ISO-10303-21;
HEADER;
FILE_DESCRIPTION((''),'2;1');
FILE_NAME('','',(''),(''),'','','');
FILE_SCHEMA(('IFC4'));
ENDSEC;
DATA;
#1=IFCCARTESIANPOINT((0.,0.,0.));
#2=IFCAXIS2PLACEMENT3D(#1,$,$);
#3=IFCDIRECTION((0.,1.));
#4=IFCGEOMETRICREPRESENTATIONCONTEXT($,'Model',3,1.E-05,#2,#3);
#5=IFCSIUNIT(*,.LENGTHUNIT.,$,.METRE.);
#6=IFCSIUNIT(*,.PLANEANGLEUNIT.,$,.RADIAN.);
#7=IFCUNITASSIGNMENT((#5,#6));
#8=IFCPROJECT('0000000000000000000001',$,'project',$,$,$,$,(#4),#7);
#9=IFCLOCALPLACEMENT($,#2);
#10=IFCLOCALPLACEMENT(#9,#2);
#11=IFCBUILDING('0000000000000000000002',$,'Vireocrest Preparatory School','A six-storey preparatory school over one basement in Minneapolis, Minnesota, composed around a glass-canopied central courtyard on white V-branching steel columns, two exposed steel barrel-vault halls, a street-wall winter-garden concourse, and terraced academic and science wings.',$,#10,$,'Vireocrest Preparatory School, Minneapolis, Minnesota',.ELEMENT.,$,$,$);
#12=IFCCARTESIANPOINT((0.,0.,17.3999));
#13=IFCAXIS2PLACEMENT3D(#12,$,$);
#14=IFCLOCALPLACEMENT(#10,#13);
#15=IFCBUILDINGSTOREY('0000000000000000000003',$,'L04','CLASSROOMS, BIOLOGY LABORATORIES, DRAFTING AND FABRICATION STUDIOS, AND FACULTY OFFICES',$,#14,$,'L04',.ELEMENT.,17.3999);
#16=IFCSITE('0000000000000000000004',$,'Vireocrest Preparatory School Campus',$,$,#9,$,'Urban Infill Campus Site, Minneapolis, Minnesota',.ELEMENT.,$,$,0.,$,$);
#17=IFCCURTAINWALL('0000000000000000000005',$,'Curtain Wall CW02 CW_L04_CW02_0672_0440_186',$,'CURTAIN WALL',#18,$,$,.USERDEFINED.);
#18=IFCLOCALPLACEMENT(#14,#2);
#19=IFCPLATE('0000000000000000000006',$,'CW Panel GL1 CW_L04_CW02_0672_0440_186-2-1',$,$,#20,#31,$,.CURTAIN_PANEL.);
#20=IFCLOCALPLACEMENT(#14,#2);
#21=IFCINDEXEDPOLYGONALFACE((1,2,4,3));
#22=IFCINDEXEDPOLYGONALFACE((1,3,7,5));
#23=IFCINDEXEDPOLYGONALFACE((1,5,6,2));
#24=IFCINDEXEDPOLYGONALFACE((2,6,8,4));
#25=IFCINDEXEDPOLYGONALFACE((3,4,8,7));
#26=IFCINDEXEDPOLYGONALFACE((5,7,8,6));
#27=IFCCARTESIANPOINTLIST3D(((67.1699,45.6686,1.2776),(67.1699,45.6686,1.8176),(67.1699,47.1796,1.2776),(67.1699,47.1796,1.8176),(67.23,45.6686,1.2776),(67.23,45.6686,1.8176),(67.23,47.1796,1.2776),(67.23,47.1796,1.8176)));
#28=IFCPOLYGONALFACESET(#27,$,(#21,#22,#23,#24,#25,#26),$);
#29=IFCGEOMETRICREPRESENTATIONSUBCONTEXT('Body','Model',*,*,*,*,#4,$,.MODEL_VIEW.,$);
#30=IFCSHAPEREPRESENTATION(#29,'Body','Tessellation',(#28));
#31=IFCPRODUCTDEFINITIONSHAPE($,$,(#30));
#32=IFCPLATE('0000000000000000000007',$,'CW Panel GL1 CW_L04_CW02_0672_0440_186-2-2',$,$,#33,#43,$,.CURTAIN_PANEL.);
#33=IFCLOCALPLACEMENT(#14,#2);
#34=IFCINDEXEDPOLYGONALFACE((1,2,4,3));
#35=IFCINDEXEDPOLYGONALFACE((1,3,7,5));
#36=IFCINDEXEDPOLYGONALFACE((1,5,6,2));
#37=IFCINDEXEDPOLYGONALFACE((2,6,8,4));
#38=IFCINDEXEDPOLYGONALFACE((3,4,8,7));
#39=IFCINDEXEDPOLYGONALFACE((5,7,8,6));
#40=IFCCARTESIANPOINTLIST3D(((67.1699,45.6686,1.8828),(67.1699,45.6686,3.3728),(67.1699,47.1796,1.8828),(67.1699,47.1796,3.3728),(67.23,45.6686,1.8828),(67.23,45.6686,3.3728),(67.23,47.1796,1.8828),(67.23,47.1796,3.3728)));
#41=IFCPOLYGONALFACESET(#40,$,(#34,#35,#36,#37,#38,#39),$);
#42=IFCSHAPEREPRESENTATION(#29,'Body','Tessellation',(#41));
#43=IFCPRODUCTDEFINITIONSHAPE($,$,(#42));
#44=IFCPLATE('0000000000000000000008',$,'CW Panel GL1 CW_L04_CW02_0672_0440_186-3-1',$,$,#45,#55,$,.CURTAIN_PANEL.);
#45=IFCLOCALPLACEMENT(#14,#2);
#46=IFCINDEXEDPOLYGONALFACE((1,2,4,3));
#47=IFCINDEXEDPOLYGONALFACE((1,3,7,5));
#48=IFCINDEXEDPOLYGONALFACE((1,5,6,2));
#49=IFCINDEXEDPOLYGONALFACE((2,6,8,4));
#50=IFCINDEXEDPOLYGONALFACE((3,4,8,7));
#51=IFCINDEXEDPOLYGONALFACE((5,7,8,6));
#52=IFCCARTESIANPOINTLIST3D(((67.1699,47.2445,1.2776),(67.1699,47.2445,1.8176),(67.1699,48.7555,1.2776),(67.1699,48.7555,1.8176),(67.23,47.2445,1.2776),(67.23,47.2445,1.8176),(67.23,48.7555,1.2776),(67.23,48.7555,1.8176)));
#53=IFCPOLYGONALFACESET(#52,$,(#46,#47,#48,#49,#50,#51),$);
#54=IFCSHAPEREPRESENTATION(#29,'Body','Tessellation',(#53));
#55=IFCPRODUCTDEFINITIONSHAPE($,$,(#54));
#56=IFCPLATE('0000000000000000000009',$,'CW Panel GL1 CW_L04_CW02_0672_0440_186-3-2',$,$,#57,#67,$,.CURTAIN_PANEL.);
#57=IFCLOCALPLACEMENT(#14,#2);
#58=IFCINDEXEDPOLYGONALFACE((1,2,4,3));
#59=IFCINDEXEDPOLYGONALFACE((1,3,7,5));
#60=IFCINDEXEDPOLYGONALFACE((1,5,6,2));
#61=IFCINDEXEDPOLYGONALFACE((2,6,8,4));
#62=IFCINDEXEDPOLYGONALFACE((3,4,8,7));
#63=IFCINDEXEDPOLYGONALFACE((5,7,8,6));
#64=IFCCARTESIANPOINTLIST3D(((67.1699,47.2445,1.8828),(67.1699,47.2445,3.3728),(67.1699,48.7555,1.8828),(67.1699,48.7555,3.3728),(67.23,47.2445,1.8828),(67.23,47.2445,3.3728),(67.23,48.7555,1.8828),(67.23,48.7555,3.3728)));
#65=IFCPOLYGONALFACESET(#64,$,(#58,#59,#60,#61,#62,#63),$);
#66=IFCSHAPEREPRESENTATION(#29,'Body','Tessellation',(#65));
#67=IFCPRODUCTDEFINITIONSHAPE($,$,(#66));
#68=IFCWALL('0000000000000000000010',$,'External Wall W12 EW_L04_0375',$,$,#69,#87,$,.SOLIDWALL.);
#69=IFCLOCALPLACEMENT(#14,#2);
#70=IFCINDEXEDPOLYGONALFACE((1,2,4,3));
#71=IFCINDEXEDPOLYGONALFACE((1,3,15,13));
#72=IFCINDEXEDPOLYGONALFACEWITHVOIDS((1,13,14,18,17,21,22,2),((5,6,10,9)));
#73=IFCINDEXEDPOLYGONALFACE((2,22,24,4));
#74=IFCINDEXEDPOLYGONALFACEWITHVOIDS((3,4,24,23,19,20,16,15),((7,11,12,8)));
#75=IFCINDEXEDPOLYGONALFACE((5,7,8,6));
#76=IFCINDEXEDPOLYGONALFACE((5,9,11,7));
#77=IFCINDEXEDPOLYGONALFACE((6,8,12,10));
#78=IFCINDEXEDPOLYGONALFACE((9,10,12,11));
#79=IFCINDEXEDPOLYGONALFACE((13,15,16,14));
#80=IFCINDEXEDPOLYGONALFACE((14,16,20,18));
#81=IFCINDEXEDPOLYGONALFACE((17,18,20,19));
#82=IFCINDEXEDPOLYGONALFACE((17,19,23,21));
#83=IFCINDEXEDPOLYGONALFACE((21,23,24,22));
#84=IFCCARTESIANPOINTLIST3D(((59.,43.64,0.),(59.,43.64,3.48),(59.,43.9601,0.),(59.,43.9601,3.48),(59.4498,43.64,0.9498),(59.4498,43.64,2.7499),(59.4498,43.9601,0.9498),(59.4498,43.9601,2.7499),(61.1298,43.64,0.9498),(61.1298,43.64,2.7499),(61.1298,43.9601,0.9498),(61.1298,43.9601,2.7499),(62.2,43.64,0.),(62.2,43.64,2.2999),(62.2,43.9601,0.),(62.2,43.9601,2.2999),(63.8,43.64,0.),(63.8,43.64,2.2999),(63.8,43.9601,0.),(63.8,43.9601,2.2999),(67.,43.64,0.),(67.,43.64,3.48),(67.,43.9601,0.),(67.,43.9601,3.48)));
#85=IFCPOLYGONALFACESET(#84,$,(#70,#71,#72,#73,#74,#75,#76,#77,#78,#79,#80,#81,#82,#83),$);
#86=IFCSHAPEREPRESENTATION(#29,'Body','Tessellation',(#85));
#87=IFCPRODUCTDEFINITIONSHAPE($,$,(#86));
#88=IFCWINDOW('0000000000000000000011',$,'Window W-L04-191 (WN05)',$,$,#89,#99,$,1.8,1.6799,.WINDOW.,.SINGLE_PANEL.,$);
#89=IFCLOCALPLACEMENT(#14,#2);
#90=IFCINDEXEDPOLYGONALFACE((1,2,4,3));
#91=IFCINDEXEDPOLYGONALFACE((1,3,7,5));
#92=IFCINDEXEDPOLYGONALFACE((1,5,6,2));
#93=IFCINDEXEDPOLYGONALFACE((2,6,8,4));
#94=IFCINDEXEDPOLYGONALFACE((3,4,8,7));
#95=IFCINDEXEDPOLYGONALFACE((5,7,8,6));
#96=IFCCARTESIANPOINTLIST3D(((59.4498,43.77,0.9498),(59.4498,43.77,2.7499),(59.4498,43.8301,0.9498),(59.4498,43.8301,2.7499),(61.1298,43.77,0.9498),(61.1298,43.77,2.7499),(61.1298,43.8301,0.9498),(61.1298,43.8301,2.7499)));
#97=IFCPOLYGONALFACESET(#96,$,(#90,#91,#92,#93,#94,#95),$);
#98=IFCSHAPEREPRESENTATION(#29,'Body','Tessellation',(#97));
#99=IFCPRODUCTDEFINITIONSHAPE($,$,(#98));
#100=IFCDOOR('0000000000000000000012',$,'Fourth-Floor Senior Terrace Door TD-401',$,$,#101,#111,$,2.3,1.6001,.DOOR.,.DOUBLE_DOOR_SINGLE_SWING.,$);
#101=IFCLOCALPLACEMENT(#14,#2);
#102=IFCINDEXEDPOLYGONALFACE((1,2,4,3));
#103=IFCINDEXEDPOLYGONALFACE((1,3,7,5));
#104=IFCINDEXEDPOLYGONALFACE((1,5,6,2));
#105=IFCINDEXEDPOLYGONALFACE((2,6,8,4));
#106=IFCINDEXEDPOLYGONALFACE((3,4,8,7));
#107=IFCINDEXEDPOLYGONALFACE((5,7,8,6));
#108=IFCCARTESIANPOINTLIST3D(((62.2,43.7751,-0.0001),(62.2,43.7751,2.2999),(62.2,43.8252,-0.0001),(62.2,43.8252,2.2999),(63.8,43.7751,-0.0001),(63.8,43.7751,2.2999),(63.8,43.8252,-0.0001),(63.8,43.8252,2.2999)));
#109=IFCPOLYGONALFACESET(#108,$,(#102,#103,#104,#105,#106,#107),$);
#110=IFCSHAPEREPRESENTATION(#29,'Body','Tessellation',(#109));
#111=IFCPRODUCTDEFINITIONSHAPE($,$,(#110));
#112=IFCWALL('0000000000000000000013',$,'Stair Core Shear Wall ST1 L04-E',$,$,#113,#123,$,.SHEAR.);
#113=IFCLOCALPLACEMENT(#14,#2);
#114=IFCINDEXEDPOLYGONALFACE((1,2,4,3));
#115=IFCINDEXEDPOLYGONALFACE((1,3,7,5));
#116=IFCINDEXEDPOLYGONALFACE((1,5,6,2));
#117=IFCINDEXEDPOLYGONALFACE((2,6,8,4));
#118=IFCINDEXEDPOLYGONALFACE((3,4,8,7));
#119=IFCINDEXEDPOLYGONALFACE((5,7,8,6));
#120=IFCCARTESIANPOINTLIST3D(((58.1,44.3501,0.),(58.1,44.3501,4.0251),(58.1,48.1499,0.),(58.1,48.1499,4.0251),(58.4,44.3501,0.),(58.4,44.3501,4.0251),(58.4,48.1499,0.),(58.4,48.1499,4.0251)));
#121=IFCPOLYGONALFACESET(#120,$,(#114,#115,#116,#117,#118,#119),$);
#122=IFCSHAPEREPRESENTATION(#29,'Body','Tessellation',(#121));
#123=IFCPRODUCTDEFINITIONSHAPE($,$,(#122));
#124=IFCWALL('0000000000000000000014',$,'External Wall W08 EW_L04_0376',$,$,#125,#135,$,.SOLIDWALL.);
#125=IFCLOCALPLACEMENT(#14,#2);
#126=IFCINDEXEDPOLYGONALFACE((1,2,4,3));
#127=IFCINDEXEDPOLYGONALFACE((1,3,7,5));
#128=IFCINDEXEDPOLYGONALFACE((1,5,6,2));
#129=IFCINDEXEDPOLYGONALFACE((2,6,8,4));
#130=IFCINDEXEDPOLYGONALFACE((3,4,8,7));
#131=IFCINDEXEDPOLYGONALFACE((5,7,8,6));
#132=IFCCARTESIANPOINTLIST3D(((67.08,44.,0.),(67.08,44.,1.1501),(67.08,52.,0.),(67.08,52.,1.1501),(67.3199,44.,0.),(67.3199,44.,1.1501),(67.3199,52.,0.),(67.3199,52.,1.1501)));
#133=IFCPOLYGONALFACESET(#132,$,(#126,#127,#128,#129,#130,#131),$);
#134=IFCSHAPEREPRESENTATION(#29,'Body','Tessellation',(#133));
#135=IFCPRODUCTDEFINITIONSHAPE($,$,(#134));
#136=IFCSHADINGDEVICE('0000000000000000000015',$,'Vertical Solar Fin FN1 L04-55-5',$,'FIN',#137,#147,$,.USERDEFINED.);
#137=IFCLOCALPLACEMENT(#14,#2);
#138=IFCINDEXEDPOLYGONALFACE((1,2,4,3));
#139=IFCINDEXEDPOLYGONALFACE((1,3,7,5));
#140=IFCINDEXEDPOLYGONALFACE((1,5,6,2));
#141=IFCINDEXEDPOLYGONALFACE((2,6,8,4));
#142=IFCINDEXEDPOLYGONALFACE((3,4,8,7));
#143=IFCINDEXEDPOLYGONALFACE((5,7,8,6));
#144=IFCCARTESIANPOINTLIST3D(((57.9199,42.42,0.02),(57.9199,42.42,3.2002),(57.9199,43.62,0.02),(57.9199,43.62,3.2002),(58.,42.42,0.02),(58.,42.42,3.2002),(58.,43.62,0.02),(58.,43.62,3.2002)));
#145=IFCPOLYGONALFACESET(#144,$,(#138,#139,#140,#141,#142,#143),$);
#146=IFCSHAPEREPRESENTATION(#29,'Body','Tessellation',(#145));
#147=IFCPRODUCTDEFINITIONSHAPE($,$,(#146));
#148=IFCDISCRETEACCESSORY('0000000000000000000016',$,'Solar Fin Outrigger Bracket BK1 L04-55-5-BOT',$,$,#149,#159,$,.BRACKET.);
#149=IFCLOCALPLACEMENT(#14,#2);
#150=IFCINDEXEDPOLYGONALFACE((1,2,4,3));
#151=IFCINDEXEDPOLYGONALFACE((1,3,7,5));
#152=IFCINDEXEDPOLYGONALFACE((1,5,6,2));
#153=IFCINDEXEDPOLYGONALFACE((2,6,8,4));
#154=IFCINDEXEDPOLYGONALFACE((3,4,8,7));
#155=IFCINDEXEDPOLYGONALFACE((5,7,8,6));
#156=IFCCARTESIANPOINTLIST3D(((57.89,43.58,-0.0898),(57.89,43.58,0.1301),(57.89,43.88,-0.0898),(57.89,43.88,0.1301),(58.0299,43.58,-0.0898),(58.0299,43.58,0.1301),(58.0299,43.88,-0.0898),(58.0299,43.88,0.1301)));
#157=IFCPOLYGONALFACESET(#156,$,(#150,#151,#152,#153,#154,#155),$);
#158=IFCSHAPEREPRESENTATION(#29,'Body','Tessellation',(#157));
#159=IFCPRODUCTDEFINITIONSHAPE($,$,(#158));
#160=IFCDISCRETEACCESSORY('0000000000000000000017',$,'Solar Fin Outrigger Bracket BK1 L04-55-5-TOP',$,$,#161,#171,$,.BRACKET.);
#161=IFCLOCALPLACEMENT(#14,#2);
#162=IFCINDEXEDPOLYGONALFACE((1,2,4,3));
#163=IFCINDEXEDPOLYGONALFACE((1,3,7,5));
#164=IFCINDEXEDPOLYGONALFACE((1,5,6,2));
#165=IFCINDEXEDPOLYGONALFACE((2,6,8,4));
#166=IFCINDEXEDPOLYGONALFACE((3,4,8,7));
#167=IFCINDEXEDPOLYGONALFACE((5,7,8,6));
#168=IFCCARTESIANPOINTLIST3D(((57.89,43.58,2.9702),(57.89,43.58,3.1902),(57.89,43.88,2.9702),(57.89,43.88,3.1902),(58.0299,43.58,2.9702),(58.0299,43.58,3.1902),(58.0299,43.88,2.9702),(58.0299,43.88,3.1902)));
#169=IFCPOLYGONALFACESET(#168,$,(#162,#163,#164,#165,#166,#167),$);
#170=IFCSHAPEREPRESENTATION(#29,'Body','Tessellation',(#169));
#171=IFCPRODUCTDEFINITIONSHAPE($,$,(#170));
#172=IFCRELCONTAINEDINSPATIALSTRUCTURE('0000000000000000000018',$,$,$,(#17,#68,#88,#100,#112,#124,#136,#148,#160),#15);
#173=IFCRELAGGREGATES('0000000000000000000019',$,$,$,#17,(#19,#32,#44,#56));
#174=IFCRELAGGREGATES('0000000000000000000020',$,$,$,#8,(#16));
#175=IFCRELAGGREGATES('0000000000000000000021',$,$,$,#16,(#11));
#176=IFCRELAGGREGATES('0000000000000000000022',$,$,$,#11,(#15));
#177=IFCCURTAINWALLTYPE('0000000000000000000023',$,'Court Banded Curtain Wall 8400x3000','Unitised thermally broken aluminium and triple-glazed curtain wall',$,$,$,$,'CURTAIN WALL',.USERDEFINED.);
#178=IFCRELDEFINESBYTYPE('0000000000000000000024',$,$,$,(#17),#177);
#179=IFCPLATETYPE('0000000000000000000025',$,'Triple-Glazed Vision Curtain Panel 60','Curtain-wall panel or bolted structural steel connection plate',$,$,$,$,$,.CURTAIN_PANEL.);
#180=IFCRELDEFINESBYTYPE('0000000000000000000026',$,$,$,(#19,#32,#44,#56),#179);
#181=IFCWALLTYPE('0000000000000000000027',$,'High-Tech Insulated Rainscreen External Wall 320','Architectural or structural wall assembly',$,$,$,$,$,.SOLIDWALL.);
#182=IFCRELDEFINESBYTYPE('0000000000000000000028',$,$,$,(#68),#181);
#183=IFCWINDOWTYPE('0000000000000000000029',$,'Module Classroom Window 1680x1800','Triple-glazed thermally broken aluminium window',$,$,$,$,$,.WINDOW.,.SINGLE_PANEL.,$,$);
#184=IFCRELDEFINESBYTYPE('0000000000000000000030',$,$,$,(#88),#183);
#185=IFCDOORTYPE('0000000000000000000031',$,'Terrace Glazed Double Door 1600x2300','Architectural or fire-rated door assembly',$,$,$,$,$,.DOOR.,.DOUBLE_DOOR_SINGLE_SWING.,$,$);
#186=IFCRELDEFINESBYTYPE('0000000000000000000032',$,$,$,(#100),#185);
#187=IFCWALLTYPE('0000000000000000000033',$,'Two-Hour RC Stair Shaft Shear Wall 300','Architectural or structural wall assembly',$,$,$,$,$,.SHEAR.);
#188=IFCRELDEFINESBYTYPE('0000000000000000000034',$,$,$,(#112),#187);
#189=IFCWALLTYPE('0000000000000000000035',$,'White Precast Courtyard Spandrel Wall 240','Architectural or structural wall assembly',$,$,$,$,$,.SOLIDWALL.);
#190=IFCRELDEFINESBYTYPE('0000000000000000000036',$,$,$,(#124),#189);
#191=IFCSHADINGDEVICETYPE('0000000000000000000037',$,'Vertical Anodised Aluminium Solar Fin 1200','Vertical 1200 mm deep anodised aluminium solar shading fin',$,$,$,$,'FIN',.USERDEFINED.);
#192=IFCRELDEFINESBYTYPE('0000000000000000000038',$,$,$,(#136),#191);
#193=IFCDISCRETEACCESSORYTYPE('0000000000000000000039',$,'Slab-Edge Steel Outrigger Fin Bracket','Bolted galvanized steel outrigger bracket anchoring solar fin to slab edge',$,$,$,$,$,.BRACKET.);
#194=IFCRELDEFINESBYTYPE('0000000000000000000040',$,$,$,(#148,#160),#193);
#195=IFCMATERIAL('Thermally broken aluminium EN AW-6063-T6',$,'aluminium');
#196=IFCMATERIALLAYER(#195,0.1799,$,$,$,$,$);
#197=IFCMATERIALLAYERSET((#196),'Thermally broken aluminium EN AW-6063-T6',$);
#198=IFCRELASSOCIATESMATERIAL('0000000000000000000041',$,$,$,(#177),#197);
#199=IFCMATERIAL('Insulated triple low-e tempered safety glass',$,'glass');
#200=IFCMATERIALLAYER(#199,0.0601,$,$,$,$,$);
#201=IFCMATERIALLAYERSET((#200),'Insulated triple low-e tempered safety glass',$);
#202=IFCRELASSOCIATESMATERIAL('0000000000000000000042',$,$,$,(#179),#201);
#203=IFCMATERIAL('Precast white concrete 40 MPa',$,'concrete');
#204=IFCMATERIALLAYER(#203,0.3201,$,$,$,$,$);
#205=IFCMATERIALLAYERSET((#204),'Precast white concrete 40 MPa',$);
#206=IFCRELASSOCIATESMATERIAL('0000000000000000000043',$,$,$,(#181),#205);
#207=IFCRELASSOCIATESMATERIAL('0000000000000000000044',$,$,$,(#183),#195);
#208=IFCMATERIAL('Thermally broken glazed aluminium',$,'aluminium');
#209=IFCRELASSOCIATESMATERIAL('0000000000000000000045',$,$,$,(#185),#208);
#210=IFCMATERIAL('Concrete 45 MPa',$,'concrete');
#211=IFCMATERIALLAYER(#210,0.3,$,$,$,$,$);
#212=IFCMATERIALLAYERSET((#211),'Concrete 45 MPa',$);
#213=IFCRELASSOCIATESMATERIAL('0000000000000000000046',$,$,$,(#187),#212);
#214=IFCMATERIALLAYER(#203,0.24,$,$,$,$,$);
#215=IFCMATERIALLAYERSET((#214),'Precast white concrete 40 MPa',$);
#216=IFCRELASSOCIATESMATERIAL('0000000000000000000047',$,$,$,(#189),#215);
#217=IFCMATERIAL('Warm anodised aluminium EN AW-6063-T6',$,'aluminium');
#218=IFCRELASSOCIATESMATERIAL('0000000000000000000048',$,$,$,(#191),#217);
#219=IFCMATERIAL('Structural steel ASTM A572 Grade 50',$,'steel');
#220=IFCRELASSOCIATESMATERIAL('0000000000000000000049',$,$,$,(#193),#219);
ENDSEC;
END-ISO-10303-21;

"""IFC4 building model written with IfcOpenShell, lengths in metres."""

from ifc_helpers import new_model, si_unit, direction, frame, frame_2d, origin, origin_2d, place, context, subcontext, project, spatial, rectangle, extrude, material, layer, layer_set, material_profile, profile_set, type_object, element, fill, aggregate, save


model = new_model("IFC4")

# Units and contexts
model_context = context("Model", 3, precision=1e-05, world=origin(), true_north=direction((0.0, 1.0)))
body_context = subcontext(model_context, "Body", "Model", "MODEL_VIEW")
ifc_project = project(units=[si_unit("LENGTHUNIT", "METRE"), si_unit("PLANEANGLEUNIT", "RADIAN")], contexts=[model_context])

# Site, building, storey
site_placement = place(None, origin())
site = spatial("IfcSite", under=ifc_project, at=site_placement, Name="Vireocrest Preparatory School Campus", LongName="Urban Infill Campus Site, Minneapolis, Minnesota", CompositionType="ELEMENT", RefElevation=0.0)
building_placement = place(site_placement, origin())
building = spatial("IfcBuilding", under=site, at=building_placement, Name="Vireocrest Preparatory School", Description="A six-storey preparatory school over one basement in Minneapolis, Minnesota, composed around a glass-canopied central courtyard on white V-branching steel columns, two exposed steel barrel-vault halls, a street-wall winter-garden concourse, and terraced academic and science wings.", LongName="Vireocrest Preparatory School, Minneapolis, Minnesota", CompositionType="ELEMENT")
storey_placement = place(building_placement, frame((0.0, 0.0, 17.3999)))
storey = spatial("IfcBuildingStorey", under=building, at=storey_placement, Name="L04", Description="CLASSROOMS, BIOLOGY LABORATORIES, DRAFTING AND FABRICATION STUDIOS, AND FACULTY OFFICES", LongName="L04", CompositionType="ELEMENT", Elevation=17.3999)

# Shared definitions
ifc_material_1 = material(Name="Concrete 45 MPa", Category="concrete")

# Curtain wall
ifc_material_2 = material(Name="Thermally broken aluminium EN AW-6063-T6", Category="aluminium")
ifc_layer_1 = layer(ifc_material_2, 0.1799)
ifc_layer_set_1 = layer_set([ifc_layer_1], Name="Thermally broken aluminium EN AW-6063-T6")
curtain_wall_type_1 = type_object("IfcCurtainWallType", Name="Court Banded Curtain Wall 8400x3000", Description="Unitised thermally broken aluminium and triple-glazed curtain wall", ElementType="CURTAIN WALL", PredefinedType="USERDEFINED", material=ifc_layer_set_1)
curtain_wall_1_placement = place(storey_placement, origin())
curtain_wall_1 = element("IfcCurtainWall", 1, at=curtain_wall_1_placement, inside=storey, type_object=curtain_wall_type_1, Name="Curtain Wall CW02 CW_L04_CW02_0672_0440_186", ObjectType="CURTAIN WALL", PredefinedType="USERDEFINED")

# Plates
ifc_material_3 = material(Name="Insulated triple low-e tempered safety glass", Category="glass")
ifc_layer_2 = layer(ifc_material_3, 0.0601)
ifc_layer_set_2 = layer_set([ifc_layer_2], Name="Insulated triple low-e tempered safety glass")
plate_type_1 = type_object("IfcPlateType", Name="Triple-Glazed Vision Curtain Panel 60", Description="Curtain-wall panel or bolted structural steel connection plate", PredefinedType="CURTAIN_PANEL", material=ifc_layer_set_2)
plate_1_placement = place(storey_placement, frame((67.2, 46.4241, 1.2776), z_axis=(0.0, 0.0, 1.0), x_axis=(0.0, 1.0, 0.0)))
plate_1 = element("IfcPlate", 2, at=plate_1_placement, type_object=plate_type_1, Name="CW Panel GL1 CW_L04_CW02_0672_0440_186-2-1", PredefinedType="CURTAIN_PANEL", context=body_context, shape_type="SweptSolid", body=[
    extrude(rectangle(XDim=1.511, YDim=0.0601, at=origin_2d()), origin(), (0.0, 0.0, 1.0), 0.54),
])
plate_2_placement = place(storey_placement, frame((67.2, 46.4241, 1.8828), z_axis=(0.0, 0.0, 1.0), x_axis=(0.0, 1.0, 0.0)))
plate_2 = element("IfcPlate", 3, at=plate_2_placement, type_object=plate_type_1, Name="CW Panel GL1 CW_L04_CW02_0672_0440_186-2-2", PredefinedType="CURTAIN_PANEL", context=body_context, shape_type="SweptSolid", body=[
    extrude(rectangle(XDim=1.511, YDim=0.0601, at=origin_2d()), origin(), (0.0, 0.0, 1.0), 1.49),
])
plate_3_placement = place(storey_placement, frame((67.2, 48.0, 1.2776), z_axis=(0.0, 0.0, 1.0), x_axis=(0.0, 1.0, 0.0)))
plate_3 = element("IfcPlate", 4, at=plate_3_placement, type_object=plate_type_1, Name="CW Panel GL1 CW_L04_CW02_0672_0440_186-3-1", PredefinedType="CURTAIN_PANEL", context=body_context, shape_type="SweptSolid", body=[
    extrude(rectangle(XDim=1.511, YDim=0.0601, at=origin_2d()), origin(), (0.0, 0.0, 1.0), 0.54),
])
plate_4_placement = place(storey_placement, frame((67.2, 48.0, 1.8828), z_axis=(0.0, 0.0, 1.0), x_axis=(0.0, 1.0, 0.0)))
plate_4 = element("IfcPlate", 5, at=plate_4_placement, type_object=plate_type_1, Name="CW Panel GL1 CW_L04_CW02_0672_0440_186-3-2", PredefinedType="CURTAIN_PANEL", context=body_context, shape_type="SweptSolid", body=[
    extrude(rectangle(XDim=1.511, YDim=0.0601, at=origin_2d()), origin(), (0.0, 0.0, 1.0), 1.49),
])
aggregate(curtain_wall_1, [plate_1, plate_2, plate_3, plate_4])

# Wall, openings, window, door
ifc_material_4 = material(Name="Precast white concrete 40 MPa", Category="concrete")
ifc_layer_3 = layer(ifc_material_4, 0.3201)
ifc_layer_set_3 = layer_set([ifc_layer_3], Name="Precast white concrete 40 MPa")
wall_type_1 = type_object("IfcWallType", Name="High-Tech Insulated Rainscreen External Wall 320", Description="Architectural or structural wall assembly", PredefinedType="SOLIDWALL", material=ifc_layer_set_3)
wall_1_placement = place(storey_placement, frame((59.0, 43.8, 0.0), z_axis=(0.0, 0.0, 1.0), x_axis=(1.0, 0.0, 0.0)))
wall_1 = element("IfcWall", 6, at=wall_1_placement, inside=storey, type_object=wall_type_1, Name="External Wall W12 EW_L04_0375", PredefinedType="SOLIDWALL", context=body_context, shape_type="SweptSolid", body=[
    extrude(rectangle(XDim=8.0, YDim=0.3201, at=frame_2d((4.0, 0.0))), origin(), (0.0, 0.0, 1.0), 3.48),
])
opening_1_placement = place(wall_1_placement, frame((4.8, 0.0, 0.0), z_axis=(0.0, 0.0, 1.0), x_axis=(-1.0, 0.0, 0.0)))
opening_1 = element("IfcOpeningElement", 7, at=opening_1_placement, cuts=wall_1, PredefinedType="OPENING", context=body_context, shape_type="SweptSolid", body=[
    extrude(rectangle(XDim=1.6001, YDim=2.3, at=frame_2d((0.8, 1.1499))), frame((0.0, 0.1699, 0.0), z_axis=(0.0, -1.0, 0.0), x_axis=(1.0, 0.0, 0.0)), (0.0, 0.0, 1.0), 0.3401),
])
opening_2_placement = place(wall_1_placement, frame((0.45, 0.0, 0.95)))
opening_2 = element("IfcOpeningElement", 8, at=opening_2_placement, cuts=wall_1, PredefinedType="OPENING", context=body_context, shape_type="SweptSolid", body=[
    extrude(rectangle(XDim=1.6799, YDim=1.8, at=frame_2d((0.8398, 0.8999))), frame((0.0, 0.1699, 0.0), z_axis=(0.0, -1.0, 0.0), x_axis=(1.0, 0.0, 0.0)), (0.0, 0.0, 1.0), 0.3401),
])
window_type = type_object("IfcWindowType", Name="Module Classroom Window 1680x1800", Description="Triple-glazed thermally broken aluminium window", PartitioningType="SINGLE_PANEL", PredefinedType="WINDOW", material=ifc_material_2)
window_placement = place(opening_2_placement, origin())
window = element("IfcWindow", 9, at=window_placement, inside=storey, type_object=window_type, Name="Window W-L04-191 (WN05)", OverallHeight=1.8, OverallWidth=1.6799, PartitioningType="SINGLE_PANEL", PredefinedType="WINDOW", context=body_context, shape_type="SweptSolid", body=[
    extrude(rectangle(XDim=1.6799, YDim=1.8, at=frame_2d((0.8398, 0.8999))), frame((0.0, 0.03, 0.0), z_axis=(0.0, -1.0, 0.0), x_axis=(1.0, 0.0, 0.0)), (0.0, 0.0, 1.0), 0.0601),
])
fill(opening_2, window)
ifc_material_5 = material(Name="Thermally broken glazed aluminium", Category="aluminium")
door_type = type_object("IfcDoorType", Name="Terrace Glazed Double Door 1600x2300", Description="Architectural or fire-rated door assembly", OperationType="DOUBLE_DOOR_SINGLE_SWING", PredefinedType="DOOR", material=ifc_material_5)
door_placement = place(opening_1_placement, origin())
door = element("IfcDoor", 10, at=door_placement, inside=storey, type_object=door_type, Name="Fourth-Floor Senior Terrace Door TD-401", OperationType="DOUBLE_DOOR_SINGLE_SWING", OverallHeight=2.3, OverallWidth=1.6001, PredefinedType="DOOR", context=body_context, shape_type="SweptSolid", body=[
    extrude(rectangle(XDim=1.6001, YDim=2.3, at=frame_2d((0.8, 1.1499))), frame((0.0, 0.0249, 0.0), z_axis=(0.0, -1.0, 0.0), x_axis=(1.0, 0.0, 0.0)), (0.0, 0.0, 1.0), 0.05),
])
fill(opening_1, door)

# Walls
ifc_layer_4 = layer(ifc_material_1, 0.3)
ifc_layer_set_4 = layer_set([ifc_layer_4], Name="Concrete 45 MPa")
wall_type_2 = type_object("IfcWallType", Name="Two-Hour RC Stair Shaft Shear Wall 300", Description="Architectural or structural wall assembly", PredefinedType="SHEAR", material=ifc_layer_set_4)
wall_2_placement = place(storey_placement, frame((58.25, 44.3501, 0.0), z_axis=(0.0, 0.0, 1.0), x_axis=(0.0, 1.0, 0.0)))
element("IfcWall", 11, at=wall_2_placement, inside=storey, type_object=wall_type_2, Name="Stair Core Shear Wall ST1 L04-E", PredefinedType="SHEAR", context=body_context, shape_type="SweptSolid", body=[
    extrude(rectangle(XDim=3.7998, YDim=0.3, at=frame_2d((1.8999, 0.0))), origin(), (0.0, 0.0, 1.0), 4.0251),
])
ifc_layer_5 = layer(ifc_material_4, 0.24)
ifc_layer_set_5 = layer_set([ifc_layer_5], Name="Precast white concrete 40 MPa")
wall_type_3 = type_object("IfcWallType", Name="White Precast Courtyard Spandrel Wall 240", Description="Architectural or structural wall assembly", PredefinedType="SOLIDWALL", material=ifc_layer_set_5)
wall_3_placement = place(storey_placement, frame((67.2, 44.0, 0.0), z_axis=(0.0, 0.0, 1.0), x_axis=(0.0, 1.0, 0.0)))
element("IfcWall", 12, at=wall_3_placement, inside=storey, type_object=wall_type_3, Name="External Wall W08 EW_L04_0376", PredefinedType="SOLIDWALL", context=body_context, shape_type="SweptSolid", body=[
    extrude(rectangle(XDim=8.0, YDim=0.24, at=frame_2d((4.0, 0.0))), origin(), (0.0, 0.0, 1.0), 1.1501),
])

# Shading device
ifc_material_6 = material(Name="Warm anodised aluminium EN AW-6063-T6", Category="aluminium")
ifc_material_profile_1 = material_profile(ifc_material_6, rectangle(XDim=0.0801, YDim=1.2, at=origin_2d()), Name="FIN 80x1200")
ifc_profile_set_1 = profile_set([ifc_material_profile_1], Name="Warm anodised aluminium EN AW-6063-T6")
shading_device_type = type_object("IfcShadingDeviceType", Name="Vertical Anodised Aluminium Solar Fin 1200", Description="Vertical 1200 mm deep anodised aluminium solar shading fin", ElementType="FIN", PredefinedType="USERDEFINED", material=ifc_profile_set_1)
shading_device_placement = place(storey_placement, frame((57.96, 43.02, 0.02), z_axis=(0.0, 0.0, 1.0), x_axis=(-1.0, 0.0, 0.0)))
element("IfcShadingDevice", 13, at=shading_device_placement, inside=storey, type_object=shading_device_type, Name="Vertical Solar Fin FN1 L04-55-5", ObjectType="FIN", PredefinedType="USERDEFINED", context=body_context, shape_type="SweptSolid", body=[
    extrude(rectangle(XDim=0.0801, YDim=1.2, at=origin_2d()), origin(), (0.0, 0.0, 1.0), 3.1802),
])

# Discrete accessories
ifc_material_7 = material(Name="Structural steel ASTM A572 Grade 50", Category="steel")
discrete_accessory_type = type_object("IfcDiscreteAccessoryType", Name="Slab-Edge Steel Outrigger Fin Bracket", Description="Bolted galvanized steel outrigger bracket anchoring solar fin to slab edge", PredefinedType="BRACKET", material=ifc_material_7)
for number, where, z_axis, x_axis, name in (
    (14, (57.96, 43.73, -0.0898), (0.0, 0.0, 1.0), (-1.0, 0.0, 0.0), "Solar Fin Outrigger Bracket BK1 L04-55-5-BOT"),
    (15, (57.96, 43.73, 2.9702), (0.0, 0.0, 1.0), (-1.0, 0.0, 0.0), "Solar Fin Outrigger Bracket BK1 L04-55-5-TOP"),
):
    element("IfcDiscreteAccessory", number, at=place(storey_placement, frame(where, z_axis=z_axis, x_axis=x_axis)), inside=storey, type_object=discrete_accessory_type, Name=name, PredefinedType="BRACKET", context=body_context, shape_type="SweptSolid", body=[
        extrude(rectangle(XDim=0.1399, YDim=0.3, at=origin_2d()), origin(), (0.0, 0.0, 1.0), 0.22),
    ])

save(model, "model.ifc")
